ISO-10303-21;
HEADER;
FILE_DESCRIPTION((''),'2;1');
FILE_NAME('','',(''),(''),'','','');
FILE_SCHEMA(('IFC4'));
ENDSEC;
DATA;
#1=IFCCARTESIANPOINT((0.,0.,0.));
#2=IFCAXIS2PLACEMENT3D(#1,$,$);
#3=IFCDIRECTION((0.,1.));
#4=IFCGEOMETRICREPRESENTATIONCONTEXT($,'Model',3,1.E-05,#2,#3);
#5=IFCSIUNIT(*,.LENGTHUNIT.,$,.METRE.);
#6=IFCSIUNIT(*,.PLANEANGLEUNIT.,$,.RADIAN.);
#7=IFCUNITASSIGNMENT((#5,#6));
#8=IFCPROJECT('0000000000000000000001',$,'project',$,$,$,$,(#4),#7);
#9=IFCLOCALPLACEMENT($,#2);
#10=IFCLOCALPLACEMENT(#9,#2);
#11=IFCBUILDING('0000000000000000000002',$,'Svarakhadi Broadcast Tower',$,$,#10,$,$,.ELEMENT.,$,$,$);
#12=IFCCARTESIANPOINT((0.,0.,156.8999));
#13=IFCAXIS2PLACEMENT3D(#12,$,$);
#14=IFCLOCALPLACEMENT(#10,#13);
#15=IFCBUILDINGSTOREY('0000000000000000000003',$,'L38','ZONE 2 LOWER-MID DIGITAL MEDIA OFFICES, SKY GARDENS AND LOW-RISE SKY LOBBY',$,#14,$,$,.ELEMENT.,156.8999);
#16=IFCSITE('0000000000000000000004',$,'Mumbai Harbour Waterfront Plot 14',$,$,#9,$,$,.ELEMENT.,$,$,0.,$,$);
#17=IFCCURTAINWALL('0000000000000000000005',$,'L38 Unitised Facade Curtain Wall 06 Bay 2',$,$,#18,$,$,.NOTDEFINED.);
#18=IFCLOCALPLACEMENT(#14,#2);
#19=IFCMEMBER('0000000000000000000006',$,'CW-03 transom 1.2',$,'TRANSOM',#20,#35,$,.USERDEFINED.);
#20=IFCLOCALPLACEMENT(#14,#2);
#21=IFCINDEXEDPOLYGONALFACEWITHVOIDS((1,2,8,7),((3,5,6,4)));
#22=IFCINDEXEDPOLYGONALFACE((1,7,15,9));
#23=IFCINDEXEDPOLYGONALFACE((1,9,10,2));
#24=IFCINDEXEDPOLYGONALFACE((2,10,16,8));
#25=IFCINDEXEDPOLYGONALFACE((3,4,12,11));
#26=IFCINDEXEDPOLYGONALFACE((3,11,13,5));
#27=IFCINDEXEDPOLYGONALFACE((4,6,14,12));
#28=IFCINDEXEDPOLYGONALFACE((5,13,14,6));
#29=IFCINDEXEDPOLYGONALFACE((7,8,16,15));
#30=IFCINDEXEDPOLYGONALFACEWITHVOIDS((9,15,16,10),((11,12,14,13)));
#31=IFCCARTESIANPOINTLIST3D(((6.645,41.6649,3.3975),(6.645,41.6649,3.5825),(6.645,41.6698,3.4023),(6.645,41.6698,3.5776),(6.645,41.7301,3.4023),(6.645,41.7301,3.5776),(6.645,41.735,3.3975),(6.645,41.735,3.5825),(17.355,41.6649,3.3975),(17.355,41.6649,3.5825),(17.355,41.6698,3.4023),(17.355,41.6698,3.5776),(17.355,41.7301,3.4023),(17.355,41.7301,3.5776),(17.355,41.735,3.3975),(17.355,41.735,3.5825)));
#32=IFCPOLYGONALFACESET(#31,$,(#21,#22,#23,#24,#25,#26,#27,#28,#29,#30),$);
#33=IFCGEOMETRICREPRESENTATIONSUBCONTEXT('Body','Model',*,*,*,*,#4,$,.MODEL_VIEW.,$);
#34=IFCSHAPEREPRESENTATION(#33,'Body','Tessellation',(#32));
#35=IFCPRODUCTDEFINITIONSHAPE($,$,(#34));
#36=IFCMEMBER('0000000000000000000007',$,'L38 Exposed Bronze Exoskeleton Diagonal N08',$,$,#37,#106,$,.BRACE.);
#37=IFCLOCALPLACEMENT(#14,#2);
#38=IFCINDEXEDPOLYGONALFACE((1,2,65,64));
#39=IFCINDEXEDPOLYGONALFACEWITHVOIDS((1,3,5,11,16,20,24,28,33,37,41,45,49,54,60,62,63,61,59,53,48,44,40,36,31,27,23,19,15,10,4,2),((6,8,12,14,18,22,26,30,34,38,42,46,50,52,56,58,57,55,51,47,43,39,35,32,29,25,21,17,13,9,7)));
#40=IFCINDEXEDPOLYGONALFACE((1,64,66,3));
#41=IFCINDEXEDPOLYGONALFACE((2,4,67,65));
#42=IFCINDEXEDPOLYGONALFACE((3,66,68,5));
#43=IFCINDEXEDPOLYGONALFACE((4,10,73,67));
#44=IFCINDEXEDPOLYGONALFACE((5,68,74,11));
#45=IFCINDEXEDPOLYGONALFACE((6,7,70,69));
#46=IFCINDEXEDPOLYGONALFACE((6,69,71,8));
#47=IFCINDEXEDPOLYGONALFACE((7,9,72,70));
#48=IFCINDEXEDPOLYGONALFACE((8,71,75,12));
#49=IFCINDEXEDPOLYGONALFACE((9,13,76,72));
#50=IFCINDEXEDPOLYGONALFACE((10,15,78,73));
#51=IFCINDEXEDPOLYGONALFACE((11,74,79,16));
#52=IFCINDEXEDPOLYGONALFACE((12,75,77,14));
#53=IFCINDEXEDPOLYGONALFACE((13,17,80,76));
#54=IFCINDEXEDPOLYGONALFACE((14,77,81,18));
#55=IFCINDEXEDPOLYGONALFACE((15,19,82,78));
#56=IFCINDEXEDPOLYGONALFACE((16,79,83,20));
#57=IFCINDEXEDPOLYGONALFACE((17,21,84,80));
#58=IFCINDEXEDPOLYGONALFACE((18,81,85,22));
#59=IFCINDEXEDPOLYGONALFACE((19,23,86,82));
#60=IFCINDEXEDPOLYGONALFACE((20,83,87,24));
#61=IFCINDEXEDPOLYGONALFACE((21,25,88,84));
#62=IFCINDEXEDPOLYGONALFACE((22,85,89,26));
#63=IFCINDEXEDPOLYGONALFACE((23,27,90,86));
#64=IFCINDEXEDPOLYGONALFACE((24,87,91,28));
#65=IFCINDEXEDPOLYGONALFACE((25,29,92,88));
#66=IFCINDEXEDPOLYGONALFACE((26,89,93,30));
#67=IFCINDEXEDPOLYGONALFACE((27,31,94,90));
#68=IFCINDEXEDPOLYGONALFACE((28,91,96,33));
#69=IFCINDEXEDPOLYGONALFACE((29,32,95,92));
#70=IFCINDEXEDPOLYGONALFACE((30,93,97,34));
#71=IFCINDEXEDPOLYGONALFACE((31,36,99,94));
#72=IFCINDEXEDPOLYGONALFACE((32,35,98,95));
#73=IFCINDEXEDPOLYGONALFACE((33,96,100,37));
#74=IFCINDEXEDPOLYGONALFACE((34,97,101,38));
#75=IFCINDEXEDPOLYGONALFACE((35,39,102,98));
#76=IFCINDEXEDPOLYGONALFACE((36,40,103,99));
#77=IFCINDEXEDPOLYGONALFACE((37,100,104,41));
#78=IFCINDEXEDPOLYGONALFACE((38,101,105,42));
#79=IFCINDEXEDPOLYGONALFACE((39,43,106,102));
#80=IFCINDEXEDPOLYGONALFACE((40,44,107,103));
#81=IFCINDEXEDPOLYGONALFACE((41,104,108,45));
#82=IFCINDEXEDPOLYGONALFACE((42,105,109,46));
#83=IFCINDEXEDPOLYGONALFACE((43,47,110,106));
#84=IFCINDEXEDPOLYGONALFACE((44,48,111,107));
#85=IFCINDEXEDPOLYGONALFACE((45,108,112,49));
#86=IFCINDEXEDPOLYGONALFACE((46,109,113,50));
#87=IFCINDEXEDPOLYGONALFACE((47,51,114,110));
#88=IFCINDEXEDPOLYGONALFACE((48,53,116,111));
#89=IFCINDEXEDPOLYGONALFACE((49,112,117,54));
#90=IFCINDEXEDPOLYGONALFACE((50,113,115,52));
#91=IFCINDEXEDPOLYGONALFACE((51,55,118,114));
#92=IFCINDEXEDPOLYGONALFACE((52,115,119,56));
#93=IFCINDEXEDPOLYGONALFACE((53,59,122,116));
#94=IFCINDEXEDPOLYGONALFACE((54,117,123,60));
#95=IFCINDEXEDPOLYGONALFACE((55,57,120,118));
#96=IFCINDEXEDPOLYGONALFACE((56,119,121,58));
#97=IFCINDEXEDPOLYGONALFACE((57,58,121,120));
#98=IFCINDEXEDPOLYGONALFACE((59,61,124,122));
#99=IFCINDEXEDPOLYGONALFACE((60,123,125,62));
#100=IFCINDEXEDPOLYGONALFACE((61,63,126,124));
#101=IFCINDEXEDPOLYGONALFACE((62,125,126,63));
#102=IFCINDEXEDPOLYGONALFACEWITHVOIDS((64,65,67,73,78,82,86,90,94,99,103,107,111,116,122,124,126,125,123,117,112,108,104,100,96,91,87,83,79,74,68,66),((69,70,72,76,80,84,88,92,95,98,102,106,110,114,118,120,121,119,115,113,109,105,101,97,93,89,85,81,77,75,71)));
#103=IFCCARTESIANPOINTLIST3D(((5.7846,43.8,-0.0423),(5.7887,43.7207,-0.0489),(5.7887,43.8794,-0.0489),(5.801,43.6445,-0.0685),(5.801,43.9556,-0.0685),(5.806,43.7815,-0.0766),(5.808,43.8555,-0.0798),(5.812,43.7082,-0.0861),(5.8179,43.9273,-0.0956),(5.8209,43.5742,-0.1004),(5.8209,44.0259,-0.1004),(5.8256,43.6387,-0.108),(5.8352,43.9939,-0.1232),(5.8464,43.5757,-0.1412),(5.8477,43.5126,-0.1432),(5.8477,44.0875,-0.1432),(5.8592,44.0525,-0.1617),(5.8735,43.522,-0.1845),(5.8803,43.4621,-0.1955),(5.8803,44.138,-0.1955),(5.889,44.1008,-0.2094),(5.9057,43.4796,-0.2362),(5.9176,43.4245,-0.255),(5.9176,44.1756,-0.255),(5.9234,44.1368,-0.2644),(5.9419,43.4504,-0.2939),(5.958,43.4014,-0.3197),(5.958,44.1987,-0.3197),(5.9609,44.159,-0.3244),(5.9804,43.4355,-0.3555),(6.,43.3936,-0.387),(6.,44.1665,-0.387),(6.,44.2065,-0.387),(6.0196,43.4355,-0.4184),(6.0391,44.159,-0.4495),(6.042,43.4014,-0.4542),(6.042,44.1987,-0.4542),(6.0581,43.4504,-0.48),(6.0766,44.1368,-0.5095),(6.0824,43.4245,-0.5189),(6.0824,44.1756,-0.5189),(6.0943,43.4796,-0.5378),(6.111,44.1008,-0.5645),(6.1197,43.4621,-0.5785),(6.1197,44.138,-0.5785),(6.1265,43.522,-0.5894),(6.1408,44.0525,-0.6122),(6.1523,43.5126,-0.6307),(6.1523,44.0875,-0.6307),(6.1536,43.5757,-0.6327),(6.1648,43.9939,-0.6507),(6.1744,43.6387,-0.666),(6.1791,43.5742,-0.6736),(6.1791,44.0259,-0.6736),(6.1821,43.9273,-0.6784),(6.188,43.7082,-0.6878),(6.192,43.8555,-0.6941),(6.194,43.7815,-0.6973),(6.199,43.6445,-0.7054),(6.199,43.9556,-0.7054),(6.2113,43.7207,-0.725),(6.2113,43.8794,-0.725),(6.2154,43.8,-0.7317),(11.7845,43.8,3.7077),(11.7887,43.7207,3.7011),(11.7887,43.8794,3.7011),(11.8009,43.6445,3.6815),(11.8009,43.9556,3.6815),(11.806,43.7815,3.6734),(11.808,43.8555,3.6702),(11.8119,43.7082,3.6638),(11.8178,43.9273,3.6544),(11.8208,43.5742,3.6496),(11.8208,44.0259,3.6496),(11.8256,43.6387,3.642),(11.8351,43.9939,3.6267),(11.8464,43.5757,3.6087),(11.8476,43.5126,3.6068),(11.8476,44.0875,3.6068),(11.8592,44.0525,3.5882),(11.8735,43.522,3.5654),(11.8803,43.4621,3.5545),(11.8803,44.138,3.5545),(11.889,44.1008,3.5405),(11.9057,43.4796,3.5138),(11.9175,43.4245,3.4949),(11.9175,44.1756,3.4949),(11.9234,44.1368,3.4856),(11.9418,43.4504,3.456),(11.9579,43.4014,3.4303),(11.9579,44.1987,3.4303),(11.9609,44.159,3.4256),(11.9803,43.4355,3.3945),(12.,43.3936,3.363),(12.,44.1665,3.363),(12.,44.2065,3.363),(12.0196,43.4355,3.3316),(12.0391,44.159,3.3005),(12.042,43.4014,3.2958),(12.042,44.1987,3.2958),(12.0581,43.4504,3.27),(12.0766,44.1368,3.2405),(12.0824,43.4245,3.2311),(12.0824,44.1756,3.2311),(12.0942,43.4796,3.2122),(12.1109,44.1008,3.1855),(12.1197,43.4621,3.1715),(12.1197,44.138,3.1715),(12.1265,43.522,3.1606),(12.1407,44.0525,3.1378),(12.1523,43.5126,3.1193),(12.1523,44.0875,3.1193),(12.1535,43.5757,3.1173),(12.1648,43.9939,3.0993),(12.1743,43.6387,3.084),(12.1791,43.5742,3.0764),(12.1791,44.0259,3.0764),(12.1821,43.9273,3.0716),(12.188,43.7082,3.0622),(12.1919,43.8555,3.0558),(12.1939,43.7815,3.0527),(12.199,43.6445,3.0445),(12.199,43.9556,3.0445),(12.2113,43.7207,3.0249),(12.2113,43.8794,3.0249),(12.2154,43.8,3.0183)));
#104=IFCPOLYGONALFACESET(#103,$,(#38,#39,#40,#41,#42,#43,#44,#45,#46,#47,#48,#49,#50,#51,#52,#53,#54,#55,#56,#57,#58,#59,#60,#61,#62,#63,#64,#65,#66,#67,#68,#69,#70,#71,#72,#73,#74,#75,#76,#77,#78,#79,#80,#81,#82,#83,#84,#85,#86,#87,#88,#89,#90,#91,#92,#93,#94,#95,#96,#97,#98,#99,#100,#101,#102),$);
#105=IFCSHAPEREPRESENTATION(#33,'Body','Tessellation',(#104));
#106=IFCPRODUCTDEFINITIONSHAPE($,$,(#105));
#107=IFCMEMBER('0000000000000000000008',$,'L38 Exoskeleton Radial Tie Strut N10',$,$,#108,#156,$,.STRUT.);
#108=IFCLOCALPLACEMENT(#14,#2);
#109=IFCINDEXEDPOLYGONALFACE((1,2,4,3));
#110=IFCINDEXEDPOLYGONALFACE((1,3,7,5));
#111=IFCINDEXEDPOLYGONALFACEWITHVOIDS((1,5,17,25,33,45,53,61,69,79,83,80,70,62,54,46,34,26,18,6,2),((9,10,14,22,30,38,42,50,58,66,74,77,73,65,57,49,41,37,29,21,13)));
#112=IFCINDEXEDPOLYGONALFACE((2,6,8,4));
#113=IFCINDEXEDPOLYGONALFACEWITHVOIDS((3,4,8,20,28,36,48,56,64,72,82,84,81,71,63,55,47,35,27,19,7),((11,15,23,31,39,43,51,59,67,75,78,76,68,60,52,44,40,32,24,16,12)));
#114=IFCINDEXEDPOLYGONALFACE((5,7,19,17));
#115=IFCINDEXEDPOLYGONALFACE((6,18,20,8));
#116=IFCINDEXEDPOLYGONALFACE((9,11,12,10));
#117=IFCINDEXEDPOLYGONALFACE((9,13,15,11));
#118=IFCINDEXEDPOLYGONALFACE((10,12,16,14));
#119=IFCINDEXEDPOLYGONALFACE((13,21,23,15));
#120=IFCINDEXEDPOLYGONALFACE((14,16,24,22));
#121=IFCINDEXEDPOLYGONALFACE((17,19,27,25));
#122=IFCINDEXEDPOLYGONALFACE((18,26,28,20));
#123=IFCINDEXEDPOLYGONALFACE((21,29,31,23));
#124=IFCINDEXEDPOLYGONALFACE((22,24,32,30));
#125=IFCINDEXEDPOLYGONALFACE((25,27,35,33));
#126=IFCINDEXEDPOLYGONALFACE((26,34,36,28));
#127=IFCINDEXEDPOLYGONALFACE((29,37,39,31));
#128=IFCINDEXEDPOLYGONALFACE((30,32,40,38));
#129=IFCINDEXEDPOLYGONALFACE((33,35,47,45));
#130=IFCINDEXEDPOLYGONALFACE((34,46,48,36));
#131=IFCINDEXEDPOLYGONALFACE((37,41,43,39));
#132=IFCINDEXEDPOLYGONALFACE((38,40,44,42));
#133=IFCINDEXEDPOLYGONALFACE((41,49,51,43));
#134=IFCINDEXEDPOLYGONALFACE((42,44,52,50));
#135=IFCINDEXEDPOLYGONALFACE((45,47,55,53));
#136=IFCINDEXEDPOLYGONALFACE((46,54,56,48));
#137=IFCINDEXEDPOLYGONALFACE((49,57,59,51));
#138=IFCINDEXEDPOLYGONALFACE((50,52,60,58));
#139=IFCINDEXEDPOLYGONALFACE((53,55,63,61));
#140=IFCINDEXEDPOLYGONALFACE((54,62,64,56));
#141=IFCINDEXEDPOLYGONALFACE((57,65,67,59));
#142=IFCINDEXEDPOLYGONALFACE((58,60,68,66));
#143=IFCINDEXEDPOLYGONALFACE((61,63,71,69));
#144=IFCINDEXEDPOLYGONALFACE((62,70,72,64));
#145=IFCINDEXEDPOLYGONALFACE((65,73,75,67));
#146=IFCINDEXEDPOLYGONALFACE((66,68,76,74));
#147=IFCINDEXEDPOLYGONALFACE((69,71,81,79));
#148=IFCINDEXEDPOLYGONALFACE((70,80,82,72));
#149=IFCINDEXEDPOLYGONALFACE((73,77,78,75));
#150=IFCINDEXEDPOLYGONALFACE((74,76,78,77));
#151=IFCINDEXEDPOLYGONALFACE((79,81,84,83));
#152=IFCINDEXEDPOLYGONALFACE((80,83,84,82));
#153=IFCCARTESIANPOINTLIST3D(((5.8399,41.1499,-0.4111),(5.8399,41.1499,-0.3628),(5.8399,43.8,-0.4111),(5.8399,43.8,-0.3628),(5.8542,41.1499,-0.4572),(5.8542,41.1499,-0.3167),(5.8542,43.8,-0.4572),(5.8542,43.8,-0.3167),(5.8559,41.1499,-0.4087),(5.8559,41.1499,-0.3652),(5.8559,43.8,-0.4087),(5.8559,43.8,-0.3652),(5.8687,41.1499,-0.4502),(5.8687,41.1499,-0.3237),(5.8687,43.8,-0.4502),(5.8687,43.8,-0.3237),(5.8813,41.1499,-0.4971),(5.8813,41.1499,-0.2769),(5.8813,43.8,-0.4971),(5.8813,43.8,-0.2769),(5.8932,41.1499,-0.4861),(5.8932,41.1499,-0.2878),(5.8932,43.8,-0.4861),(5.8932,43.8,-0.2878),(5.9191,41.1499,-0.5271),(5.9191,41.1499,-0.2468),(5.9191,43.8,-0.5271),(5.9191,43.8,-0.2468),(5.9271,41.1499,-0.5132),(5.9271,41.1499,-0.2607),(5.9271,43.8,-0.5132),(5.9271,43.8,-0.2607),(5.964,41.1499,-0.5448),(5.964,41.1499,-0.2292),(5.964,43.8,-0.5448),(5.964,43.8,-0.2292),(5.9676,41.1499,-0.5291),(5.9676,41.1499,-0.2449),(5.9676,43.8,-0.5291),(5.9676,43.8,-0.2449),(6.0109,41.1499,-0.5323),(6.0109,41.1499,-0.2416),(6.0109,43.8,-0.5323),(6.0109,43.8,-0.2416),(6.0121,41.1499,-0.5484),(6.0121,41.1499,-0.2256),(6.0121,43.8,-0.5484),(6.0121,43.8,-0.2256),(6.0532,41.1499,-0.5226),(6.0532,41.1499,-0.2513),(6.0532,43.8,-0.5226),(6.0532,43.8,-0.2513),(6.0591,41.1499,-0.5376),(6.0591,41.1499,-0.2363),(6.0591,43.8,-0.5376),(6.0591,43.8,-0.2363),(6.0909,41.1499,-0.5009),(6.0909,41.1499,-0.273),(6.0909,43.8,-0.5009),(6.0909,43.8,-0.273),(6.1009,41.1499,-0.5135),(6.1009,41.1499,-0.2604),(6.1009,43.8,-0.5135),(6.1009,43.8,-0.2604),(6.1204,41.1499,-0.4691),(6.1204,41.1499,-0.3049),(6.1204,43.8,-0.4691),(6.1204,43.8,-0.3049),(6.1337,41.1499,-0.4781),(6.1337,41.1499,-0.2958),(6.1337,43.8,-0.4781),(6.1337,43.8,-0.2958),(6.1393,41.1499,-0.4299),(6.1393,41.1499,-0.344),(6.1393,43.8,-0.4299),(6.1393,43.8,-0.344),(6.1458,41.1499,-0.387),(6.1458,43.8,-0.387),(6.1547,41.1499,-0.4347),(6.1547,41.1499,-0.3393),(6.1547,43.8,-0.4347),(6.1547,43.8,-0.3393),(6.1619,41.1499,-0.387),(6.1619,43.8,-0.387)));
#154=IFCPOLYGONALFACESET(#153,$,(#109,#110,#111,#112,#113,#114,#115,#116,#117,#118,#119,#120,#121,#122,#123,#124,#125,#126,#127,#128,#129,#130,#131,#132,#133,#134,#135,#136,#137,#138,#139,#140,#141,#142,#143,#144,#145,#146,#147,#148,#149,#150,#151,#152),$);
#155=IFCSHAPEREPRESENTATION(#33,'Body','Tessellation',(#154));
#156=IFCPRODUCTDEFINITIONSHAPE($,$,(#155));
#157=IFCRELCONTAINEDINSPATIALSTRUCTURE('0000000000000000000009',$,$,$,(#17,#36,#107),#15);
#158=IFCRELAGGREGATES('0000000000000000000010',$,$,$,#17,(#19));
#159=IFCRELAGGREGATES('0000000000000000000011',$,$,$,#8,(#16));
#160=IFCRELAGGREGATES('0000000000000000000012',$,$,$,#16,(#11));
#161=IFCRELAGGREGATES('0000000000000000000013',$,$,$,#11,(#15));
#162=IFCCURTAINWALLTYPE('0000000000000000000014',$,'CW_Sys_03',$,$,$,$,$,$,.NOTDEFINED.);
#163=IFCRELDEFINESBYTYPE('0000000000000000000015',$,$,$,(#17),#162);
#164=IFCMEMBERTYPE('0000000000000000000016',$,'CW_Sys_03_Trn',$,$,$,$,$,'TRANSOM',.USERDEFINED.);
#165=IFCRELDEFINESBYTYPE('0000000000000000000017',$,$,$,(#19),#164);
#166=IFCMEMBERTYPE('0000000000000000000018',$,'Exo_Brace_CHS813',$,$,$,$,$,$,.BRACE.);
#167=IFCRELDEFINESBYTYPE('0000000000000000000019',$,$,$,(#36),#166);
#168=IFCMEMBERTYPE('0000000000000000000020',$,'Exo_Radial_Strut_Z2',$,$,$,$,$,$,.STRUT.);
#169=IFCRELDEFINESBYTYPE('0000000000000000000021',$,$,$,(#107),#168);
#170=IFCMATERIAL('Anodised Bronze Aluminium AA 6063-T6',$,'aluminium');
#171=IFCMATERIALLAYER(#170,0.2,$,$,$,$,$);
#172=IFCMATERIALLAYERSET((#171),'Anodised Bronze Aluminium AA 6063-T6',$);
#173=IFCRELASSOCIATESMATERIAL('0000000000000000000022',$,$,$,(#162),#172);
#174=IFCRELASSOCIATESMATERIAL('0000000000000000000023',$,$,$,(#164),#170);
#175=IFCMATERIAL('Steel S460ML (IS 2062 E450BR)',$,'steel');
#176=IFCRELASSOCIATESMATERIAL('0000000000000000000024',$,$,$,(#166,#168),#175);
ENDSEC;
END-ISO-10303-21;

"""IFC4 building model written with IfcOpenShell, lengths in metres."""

from ifc_helpers import new_model, si_unit, direction, frame, origin, origin_2d, place, context, subcontext, project, spatial, hollow_rectangle, hollow_circle, extrude, material, layer, layer_set, material_profile, profile_set, type_object, element, aggregate, save


model = new_model("IFC4")

# Units and contexts
model_context = context("Model", 3, precision=1e-05, world=origin(), true_north=direction((0.0, 1.0)))
body_context = subcontext(model_context, "Body", "Model", "MODEL_VIEW")
ifc_project = project(units=[si_unit("LENGTHUNIT", "METRE"), si_unit("PLANEANGLEUNIT", "RADIAN")], contexts=[model_context])

# Site, building, storey
site_placement = place(None, origin())
site = spatial("IfcSite", under=ifc_project, at=site_placement, Name="Mumbai Harbour Waterfront Plot 14", CompositionType="ELEMENT", RefElevation=0.0)
building_placement = place(site_placement, origin())
building = spatial("IfcBuilding", under=site, at=building_placement, Name="Svarakhadi Broadcast Tower", CompositionType="ELEMENT")
storey_placement = place(building_placement, frame((0.0, 0.0, 156.8999)))
storey = spatial("IfcBuildingStorey", under=building, at=storey_placement, Name="L38", Description="ZONE 2 LOWER-MID DIGITAL MEDIA OFFICES, SKY GARDENS AND LOW-RISE SKY LOBBY", CompositionType="ELEMENT", Elevation=156.8999)

# Shared definitions
ifc_material_1 = material(Name="Steel S460ML (IS 2062 E450BR)", Category="steel")

# Curtain wall, member
ifc_material_2 = material(Name="Anodised Bronze Aluminium AA 6063-T6", Category="aluminium")
ifc_layer_1 = layer(ifc_material_2, 0.2)
ifc_layer_set_1 = layer_set([ifc_layer_1], Name="Anodised Bronze Aluminium AA 6063-T6")
curtain_wall_type = type_object("IfcCurtainWallType", Name="CW_Sys_03", PredefinedType="NOTDEFINED", material=ifc_layer_set_1)
curtain_wall_placement = place(storey_placement, origin())
curtain_wall = element("IfcCurtainWall", 1, at=curtain_wall_placement, inside=storey, type_object=curtain_wall_type, Name="L38 Unitised Facade Curtain Wall 06 Bay 2", PredefinedType="NOTDEFINED")
ifc_material_profile_1 = material_profile(ifc_material_2, hollow_rectangle(XDim=0.0701, YDim=0.1851, WallThickness=0.0049, at=origin_2d()), Name="ALU TRANSOM 185x70x5")
ifc_profile_set_1 = profile_set([ifc_material_profile_1], Name="Anodised Bronze Aluminium AA 6063-T6")
member_type_1 = type_object("IfcMemberType", Name="CW_Sys_03_Trn", ElementType="TRANSOM", PredefinedType="USERDEFINED", material=ifc_profile_set_1)
member_1_placement = place(storey_placement, frame((6.645, 41.7, 3.49), z_axis=(1.0, 0.0, 0.0), x_axis=(0.0, 1.0, 0.0)))
member_1 = element("IfcMember", 2, at=member_1_placement, type_object=member_type_1, Name="CW-03 transom 1.2", ObjectType="TRANSOM", PredefinedType="USERDEFINED", context=body_context, shape_type="SweptSolid", body=[
    extrude(hollow_rectangle(XDim=0.0701, YDim=0.1851, WallThickness=0.0049, at=origin_2d()), origin(), (0.0, 0.0, 1.0), 10.71),
])

# Members
ifc_material_profile_2 = material_profile(ifc_material_1, hollow_circle(Radius=0.4065, WallThickness=0.04, at=origin_2d()), Name="CHS 813x40")
ifc_profile_set_2 = profile_set([ifc_material_profile_2], Name="Steel S460ML (IS 2062 E450BR)")
member_type_2 = type_object("IfcMemberType", Name="Exo_Brace_CHS813", PredefinedType="BRACE", material=ifc_profile_set_2)
member_2_placement = place(storey_placement, frame((6.0, 43.8, -0.387), z_axis=(0.847998, 0.0, 0.529999), x_axis=(0.0, 1.0, 0.0)))
element("IfcMember", 3, at=member_2_placement, inside=storey, type_object=member_type_2, Name="L38 Exposed Bronze Exoskeleton Diagonal N08", PredefinedType="BRACE", context=body_context, shape_type="SweptSolid", body=[
    extrude(hollow_circle(Radius=0.4065, WallThickness=0.04, at=origin_2d()), origin(), (0.0, 0.0, 1.0), 7.0754),
])
ifc_material_profile_3 = material_profile(ifc_material_1, hollow_circle(Radius=0.1619, WallThickness=0.0161, at=origin_2d()), Name="CHS 323.9x16")
ifc_profile_set_3 = profile_set([ifc_material_profile_3], Name="Steel S460ML (IS 2062 E450BR)")
member_type_3 = type_object("IfcMemberType", Name="Exo_Radial_Strut_Z2", PredefinedType="STRUT", material=ifc_profile_set_3)
member_3_placement = place(storey_placement, frame((6.0, 43.8, -0.387), z_axis=(0.0, -1.0, 0.0), x_axis=(1.0, 0.0, 0.0)))
element("IfcMember", 4, at=member_3_placement, inside=storey, type_object=member_type_3, Name="L38 Exoskeleton Radial Tie Strut N10", PredefinedType="STRUT", context=body_context, shape_type="SweptSolid", body=[
    extrude(hollow_circle(Radius=0.1619, WallThickness=0.0161, at=origin_2d()), origin(), (0.0, 0.0, 1.0), 2.6501),
])

aggregate(curtain_wall, [member_1])

save(model, "model.ifc")
